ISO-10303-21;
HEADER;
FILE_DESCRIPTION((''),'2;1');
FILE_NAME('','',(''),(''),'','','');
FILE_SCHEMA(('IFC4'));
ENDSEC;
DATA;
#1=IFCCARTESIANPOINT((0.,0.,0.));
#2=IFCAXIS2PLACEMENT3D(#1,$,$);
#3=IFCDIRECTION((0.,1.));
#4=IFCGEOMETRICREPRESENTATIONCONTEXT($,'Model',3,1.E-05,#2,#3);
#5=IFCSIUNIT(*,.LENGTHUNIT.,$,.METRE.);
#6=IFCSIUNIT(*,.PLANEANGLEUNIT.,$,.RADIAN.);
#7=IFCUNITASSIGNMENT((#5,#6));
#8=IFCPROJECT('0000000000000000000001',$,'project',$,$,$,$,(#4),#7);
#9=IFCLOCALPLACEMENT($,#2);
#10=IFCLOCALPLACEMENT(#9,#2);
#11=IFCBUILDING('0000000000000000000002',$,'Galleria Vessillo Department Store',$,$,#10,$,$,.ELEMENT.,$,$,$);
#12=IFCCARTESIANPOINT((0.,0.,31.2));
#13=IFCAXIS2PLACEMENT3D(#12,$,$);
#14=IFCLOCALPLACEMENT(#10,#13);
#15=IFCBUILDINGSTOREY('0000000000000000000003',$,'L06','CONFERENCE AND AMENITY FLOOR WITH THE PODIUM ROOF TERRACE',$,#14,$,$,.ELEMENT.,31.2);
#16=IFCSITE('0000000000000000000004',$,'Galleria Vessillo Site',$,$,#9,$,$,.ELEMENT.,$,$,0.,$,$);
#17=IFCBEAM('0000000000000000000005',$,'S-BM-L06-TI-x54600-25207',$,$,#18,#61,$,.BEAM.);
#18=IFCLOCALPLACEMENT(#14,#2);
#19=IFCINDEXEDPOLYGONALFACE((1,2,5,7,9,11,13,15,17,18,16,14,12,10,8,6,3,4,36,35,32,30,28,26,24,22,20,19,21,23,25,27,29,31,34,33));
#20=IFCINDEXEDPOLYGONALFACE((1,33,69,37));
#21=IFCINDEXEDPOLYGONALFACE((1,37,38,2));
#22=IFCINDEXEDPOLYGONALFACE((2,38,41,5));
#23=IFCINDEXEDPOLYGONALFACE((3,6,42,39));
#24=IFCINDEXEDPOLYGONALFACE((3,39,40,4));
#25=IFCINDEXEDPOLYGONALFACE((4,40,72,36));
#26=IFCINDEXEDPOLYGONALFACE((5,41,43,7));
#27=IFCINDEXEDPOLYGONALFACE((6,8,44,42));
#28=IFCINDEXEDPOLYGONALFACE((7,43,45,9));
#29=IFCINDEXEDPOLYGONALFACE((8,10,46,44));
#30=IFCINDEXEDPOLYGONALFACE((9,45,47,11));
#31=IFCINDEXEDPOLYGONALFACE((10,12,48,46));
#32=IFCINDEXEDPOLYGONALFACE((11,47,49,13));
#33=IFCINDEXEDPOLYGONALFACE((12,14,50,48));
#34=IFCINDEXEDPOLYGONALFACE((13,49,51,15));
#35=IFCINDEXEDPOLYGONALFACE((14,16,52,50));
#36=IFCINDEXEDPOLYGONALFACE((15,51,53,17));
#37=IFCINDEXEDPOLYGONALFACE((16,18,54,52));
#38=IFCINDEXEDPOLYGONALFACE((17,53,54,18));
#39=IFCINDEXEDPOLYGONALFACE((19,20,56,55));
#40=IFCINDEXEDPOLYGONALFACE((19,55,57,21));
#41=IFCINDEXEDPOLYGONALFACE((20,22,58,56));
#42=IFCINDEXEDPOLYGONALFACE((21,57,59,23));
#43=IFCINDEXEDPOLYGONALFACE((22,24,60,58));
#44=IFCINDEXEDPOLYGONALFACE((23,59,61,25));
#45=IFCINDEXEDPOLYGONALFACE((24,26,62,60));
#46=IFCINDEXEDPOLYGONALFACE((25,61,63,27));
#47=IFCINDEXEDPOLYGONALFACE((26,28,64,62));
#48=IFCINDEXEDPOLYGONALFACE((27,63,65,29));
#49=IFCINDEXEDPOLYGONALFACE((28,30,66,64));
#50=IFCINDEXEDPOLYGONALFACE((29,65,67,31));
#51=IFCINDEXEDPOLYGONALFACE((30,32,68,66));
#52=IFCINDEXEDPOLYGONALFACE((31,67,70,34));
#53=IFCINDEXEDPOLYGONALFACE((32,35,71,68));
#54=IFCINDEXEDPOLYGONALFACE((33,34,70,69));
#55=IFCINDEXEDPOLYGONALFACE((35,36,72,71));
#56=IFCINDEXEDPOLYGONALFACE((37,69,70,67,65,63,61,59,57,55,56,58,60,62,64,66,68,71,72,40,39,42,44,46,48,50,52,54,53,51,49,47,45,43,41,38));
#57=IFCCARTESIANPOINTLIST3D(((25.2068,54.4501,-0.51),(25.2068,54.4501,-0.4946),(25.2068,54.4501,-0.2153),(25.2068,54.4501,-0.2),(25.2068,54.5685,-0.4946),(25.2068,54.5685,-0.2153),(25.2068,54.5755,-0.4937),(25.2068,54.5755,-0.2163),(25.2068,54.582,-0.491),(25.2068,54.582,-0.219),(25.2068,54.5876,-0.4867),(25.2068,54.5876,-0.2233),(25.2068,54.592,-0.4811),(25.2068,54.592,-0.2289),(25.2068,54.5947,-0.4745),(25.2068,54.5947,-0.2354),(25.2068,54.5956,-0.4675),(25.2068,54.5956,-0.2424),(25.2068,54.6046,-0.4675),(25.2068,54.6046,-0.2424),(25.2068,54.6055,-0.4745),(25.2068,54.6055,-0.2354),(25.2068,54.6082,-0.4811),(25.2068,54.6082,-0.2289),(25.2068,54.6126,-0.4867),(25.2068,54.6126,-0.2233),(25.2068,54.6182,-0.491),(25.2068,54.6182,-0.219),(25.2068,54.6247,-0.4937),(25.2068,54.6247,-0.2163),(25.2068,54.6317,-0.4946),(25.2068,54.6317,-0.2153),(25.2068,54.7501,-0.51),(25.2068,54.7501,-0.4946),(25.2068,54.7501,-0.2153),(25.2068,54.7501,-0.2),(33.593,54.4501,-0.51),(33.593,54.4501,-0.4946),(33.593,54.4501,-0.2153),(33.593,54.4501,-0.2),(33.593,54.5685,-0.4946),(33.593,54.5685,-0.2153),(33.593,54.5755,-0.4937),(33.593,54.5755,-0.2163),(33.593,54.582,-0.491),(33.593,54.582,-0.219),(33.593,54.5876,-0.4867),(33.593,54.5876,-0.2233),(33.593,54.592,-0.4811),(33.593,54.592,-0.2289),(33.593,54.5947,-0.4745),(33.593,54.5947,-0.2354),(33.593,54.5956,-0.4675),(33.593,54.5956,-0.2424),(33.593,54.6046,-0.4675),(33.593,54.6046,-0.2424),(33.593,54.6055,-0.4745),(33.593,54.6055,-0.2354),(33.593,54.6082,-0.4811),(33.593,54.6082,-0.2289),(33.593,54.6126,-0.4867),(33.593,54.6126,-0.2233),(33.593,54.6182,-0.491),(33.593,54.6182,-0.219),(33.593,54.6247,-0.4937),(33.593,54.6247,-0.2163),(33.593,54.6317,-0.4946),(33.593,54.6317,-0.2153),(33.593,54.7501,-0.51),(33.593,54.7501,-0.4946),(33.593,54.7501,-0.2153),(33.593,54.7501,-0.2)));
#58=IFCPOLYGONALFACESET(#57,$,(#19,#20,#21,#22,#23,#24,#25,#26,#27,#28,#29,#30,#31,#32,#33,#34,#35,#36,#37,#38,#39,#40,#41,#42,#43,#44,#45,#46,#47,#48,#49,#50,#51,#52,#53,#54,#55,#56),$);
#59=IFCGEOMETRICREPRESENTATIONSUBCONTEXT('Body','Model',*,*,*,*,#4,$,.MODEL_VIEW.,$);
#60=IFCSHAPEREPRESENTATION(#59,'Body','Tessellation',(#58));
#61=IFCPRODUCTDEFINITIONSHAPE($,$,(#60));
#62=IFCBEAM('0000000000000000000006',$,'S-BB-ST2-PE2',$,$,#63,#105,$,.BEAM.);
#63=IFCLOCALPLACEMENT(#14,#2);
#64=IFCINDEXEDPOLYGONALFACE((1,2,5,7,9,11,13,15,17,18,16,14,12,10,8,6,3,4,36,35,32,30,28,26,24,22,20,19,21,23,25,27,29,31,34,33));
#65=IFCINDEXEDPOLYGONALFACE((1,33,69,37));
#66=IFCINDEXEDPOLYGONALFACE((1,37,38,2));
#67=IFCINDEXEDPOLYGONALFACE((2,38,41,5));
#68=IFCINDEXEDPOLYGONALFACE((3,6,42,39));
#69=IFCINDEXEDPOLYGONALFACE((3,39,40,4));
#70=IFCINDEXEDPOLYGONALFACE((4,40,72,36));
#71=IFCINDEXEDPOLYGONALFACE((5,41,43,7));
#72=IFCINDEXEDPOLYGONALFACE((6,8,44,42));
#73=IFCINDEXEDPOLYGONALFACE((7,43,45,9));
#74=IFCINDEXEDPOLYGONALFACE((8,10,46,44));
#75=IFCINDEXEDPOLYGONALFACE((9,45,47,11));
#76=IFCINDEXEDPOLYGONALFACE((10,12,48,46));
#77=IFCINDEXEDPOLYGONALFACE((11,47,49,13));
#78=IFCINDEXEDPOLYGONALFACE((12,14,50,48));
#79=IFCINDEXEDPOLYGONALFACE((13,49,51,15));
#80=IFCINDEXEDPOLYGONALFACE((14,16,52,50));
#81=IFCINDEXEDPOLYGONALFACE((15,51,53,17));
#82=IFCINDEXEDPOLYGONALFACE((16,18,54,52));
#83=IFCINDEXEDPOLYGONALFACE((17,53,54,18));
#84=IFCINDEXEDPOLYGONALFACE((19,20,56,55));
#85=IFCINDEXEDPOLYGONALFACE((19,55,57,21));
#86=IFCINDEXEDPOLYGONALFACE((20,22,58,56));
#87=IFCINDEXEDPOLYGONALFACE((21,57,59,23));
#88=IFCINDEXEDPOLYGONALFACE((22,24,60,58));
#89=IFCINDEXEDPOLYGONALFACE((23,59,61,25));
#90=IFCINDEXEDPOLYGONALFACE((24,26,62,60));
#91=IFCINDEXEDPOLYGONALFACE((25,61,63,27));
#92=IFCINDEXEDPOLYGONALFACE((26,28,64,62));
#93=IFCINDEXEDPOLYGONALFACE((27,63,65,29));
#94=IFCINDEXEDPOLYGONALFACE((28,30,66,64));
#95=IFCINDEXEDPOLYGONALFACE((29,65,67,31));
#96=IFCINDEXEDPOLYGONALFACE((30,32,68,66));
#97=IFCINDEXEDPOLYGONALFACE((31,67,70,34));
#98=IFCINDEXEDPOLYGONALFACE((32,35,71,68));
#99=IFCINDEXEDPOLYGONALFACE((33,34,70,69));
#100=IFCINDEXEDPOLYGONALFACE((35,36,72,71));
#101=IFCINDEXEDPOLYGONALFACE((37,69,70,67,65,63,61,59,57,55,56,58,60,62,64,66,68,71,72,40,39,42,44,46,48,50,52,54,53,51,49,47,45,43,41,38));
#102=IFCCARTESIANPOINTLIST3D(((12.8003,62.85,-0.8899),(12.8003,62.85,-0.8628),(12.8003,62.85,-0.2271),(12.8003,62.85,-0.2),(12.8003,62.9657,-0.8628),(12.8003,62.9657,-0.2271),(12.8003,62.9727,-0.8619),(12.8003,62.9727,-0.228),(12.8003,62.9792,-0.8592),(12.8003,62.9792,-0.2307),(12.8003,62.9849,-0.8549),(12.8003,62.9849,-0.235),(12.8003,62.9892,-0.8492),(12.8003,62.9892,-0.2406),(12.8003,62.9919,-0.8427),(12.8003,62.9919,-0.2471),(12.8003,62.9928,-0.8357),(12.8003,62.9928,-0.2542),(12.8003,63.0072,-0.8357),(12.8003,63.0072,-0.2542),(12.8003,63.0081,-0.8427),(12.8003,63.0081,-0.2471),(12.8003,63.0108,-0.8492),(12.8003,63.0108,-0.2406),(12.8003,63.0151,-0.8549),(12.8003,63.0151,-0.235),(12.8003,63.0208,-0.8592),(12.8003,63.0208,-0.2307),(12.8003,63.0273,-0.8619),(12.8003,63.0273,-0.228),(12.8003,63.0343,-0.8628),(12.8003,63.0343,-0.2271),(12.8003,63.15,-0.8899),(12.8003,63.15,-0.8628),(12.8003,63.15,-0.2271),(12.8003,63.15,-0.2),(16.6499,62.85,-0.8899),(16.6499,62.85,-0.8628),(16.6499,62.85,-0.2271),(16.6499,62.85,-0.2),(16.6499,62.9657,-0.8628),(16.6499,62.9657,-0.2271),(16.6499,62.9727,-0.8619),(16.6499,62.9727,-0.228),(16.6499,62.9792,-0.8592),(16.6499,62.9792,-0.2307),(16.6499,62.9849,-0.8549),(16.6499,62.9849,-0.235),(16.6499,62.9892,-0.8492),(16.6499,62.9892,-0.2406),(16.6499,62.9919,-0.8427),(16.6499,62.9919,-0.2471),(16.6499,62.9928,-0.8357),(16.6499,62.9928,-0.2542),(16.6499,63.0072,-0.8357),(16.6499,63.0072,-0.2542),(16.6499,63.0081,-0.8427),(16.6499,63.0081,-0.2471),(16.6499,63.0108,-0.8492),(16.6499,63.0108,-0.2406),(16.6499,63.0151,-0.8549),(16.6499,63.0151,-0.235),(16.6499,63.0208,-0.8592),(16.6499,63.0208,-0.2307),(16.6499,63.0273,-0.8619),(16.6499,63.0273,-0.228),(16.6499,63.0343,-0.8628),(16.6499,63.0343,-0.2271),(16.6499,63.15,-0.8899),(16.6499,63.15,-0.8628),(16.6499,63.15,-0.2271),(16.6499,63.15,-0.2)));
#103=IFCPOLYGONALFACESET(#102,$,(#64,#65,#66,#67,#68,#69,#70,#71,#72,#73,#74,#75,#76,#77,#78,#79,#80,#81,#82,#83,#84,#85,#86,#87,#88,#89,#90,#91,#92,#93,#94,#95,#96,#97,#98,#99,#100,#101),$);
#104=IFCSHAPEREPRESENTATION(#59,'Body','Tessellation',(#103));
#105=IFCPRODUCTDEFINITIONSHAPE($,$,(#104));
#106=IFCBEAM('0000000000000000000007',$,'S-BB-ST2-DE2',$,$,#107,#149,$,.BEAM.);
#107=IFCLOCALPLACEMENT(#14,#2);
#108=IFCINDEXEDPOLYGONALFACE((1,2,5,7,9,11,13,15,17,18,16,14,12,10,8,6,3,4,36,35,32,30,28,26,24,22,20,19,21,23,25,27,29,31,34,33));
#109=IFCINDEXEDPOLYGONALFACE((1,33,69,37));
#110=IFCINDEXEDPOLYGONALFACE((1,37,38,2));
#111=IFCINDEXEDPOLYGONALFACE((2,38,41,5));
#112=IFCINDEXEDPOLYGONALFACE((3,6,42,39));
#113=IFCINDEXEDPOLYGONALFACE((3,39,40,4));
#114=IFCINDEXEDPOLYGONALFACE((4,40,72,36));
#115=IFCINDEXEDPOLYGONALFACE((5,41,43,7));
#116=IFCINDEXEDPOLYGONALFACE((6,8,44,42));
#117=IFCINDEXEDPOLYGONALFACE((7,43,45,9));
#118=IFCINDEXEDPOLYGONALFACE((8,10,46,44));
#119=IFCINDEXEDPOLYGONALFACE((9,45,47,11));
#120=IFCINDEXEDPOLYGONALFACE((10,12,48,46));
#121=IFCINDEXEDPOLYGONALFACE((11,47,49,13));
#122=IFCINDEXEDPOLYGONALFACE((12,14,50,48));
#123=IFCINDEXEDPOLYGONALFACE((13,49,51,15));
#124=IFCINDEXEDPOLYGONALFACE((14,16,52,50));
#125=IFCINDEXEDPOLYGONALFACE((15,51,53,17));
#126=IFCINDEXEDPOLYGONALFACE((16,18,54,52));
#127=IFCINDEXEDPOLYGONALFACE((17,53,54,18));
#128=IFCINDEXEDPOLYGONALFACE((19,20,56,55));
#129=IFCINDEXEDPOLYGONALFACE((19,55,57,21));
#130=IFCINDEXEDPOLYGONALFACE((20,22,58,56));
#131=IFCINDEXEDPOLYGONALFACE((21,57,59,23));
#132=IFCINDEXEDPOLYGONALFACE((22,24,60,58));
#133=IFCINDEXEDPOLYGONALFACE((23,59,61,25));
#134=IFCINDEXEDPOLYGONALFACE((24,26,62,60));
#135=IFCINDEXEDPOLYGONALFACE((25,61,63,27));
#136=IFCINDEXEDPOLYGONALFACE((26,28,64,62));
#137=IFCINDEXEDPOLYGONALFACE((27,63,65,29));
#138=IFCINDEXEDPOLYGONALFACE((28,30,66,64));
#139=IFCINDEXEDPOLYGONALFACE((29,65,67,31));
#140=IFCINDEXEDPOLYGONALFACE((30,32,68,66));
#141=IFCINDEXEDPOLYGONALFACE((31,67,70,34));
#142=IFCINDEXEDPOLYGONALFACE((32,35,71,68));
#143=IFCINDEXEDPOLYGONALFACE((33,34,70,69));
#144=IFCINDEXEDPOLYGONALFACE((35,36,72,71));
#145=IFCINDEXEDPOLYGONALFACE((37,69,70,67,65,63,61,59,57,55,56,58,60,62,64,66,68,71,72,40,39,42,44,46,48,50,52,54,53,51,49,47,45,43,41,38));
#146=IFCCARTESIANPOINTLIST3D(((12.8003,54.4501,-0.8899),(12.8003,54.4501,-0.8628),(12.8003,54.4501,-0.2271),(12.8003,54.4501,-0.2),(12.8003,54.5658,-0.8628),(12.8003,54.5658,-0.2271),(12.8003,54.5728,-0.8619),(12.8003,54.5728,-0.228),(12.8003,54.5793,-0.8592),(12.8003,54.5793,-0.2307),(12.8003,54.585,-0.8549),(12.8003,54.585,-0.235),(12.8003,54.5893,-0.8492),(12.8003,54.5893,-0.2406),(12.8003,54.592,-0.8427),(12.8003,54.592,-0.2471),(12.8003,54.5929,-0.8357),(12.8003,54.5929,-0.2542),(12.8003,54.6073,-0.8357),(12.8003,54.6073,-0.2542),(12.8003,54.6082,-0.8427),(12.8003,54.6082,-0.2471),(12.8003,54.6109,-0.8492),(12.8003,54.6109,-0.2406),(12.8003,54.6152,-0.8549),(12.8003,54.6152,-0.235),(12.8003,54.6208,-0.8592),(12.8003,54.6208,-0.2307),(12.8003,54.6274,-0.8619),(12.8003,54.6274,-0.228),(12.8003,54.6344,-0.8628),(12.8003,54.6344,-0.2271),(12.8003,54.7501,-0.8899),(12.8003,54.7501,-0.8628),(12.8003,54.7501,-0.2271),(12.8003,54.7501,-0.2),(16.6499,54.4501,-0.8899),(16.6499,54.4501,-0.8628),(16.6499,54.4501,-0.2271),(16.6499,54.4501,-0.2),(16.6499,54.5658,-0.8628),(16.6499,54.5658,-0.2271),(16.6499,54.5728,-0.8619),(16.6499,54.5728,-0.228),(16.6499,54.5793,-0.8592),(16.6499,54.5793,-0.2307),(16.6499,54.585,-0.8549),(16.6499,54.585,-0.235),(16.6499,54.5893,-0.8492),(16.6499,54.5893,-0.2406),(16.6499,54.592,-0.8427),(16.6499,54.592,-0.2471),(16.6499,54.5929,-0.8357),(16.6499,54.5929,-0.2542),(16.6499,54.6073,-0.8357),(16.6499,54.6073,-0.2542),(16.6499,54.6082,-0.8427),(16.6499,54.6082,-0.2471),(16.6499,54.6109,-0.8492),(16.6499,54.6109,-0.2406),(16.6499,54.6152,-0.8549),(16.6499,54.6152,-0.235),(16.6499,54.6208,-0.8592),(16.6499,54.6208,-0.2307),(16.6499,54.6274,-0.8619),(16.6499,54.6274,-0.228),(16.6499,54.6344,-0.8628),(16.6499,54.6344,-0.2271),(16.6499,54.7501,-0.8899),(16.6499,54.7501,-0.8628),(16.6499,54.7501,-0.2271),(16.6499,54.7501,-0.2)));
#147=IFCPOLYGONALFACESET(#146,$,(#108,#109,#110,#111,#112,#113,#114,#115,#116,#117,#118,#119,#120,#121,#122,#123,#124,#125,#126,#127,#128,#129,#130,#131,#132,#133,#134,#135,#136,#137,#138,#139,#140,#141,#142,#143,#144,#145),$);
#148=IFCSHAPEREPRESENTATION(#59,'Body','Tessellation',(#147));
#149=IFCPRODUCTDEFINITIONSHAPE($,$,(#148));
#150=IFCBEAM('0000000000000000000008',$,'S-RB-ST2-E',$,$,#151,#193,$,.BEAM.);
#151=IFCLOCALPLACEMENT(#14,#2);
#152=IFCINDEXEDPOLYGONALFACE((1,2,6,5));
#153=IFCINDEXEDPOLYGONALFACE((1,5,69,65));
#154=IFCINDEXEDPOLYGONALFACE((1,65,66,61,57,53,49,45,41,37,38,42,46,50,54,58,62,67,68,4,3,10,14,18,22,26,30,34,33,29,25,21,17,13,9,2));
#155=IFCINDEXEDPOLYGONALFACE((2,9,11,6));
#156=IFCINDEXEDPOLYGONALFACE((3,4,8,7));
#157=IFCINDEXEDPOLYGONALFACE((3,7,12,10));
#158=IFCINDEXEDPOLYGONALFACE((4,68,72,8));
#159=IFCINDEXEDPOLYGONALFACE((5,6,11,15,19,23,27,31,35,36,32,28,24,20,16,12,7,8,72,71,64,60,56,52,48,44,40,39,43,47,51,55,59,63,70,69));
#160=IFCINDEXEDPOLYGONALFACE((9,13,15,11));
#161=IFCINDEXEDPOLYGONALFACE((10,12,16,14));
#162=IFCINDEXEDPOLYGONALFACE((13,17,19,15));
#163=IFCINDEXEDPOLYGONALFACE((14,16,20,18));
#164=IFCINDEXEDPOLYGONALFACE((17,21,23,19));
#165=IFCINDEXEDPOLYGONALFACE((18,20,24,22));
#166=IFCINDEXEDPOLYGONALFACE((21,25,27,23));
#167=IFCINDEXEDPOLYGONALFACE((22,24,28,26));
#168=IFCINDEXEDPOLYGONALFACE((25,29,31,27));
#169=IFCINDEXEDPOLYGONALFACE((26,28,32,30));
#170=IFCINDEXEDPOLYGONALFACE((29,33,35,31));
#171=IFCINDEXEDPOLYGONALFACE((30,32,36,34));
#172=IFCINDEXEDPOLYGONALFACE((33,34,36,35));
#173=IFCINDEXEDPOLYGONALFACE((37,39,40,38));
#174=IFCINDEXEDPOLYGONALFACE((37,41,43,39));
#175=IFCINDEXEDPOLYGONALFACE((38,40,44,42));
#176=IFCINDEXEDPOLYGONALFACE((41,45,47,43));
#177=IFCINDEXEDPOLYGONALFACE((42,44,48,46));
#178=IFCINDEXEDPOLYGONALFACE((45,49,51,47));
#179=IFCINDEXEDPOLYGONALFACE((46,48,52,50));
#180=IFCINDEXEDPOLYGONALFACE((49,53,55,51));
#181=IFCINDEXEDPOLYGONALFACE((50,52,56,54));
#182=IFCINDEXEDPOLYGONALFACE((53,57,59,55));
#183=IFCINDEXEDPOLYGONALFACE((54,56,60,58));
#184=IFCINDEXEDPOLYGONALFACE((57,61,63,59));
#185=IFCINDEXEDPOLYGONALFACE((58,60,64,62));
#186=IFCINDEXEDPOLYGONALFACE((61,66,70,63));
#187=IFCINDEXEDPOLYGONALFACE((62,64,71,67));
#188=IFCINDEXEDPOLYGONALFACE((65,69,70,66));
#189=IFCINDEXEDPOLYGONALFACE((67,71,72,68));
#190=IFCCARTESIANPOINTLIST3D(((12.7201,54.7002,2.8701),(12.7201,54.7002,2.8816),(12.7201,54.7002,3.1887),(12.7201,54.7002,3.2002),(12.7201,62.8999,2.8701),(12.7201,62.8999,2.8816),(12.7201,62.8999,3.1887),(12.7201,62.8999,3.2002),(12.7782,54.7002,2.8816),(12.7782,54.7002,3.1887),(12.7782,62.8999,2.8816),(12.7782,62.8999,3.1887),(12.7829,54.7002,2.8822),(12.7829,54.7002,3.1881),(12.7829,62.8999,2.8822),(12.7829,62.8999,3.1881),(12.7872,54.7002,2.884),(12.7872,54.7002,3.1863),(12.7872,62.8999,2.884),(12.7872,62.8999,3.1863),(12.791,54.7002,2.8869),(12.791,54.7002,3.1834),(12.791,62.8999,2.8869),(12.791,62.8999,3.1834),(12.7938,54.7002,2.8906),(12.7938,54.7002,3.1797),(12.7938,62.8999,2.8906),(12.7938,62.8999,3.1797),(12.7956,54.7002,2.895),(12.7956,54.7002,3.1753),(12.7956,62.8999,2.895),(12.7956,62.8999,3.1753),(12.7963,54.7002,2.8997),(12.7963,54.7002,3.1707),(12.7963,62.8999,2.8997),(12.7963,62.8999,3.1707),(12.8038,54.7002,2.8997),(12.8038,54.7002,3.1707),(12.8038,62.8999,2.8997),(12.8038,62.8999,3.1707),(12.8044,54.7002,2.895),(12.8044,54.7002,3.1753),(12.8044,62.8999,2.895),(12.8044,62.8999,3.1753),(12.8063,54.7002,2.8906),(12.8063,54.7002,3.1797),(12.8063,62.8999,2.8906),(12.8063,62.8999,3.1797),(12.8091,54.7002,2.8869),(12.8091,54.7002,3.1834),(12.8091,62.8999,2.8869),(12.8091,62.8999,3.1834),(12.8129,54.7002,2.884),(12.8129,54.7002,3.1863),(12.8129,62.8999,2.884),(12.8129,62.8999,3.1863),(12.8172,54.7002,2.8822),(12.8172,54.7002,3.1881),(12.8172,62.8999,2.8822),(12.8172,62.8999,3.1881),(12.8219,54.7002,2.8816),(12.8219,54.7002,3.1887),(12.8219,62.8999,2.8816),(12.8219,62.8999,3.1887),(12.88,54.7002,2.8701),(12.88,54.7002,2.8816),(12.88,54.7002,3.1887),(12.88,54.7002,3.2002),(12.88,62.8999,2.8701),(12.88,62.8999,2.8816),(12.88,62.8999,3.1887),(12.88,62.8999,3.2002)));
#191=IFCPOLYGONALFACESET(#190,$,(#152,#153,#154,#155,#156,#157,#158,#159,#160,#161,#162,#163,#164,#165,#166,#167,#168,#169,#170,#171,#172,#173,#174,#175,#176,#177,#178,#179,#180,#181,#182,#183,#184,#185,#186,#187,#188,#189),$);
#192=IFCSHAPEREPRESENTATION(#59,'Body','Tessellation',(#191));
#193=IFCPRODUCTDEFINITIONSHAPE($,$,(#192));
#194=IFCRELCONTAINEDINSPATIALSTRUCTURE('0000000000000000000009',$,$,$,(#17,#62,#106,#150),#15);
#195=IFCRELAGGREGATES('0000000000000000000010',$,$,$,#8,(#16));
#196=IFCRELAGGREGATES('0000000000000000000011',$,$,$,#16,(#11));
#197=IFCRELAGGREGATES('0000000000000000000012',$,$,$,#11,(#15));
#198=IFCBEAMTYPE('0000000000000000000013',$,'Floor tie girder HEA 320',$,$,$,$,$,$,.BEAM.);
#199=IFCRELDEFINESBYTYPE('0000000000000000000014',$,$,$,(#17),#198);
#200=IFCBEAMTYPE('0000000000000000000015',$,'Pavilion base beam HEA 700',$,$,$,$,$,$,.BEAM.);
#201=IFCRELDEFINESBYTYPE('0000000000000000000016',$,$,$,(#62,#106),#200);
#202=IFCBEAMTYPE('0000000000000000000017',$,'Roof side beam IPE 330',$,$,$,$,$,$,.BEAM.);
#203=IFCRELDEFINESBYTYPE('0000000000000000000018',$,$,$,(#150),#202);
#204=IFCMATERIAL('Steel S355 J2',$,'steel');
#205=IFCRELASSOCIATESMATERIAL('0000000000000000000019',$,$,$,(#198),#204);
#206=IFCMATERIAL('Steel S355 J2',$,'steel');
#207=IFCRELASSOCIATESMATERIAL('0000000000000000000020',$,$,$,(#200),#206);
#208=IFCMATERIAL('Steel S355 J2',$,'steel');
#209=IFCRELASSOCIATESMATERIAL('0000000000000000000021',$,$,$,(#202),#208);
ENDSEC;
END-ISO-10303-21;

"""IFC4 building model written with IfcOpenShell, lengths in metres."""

from ifc_helpers import new_model, si_unit, direction, frame, origin, origin_2d, place, context, subcontext, project, spatial, i_section, extrude, material, material_profile, profile_set, type_object, element, save


model = new_model("IFC4")

# Units and contexts
model_context = context("Model", 3, precision=1e-05, world=origin(), true_north=direction((0.0, 1.0)))
body_context = subcontext(model_context, "Body", "Model", "MODEL_VIEW")
ifc_project = project(units=[si_unit("LENGTHUNIT", "METRE"), si_unit("PLANEANGLEUNIT", "RADIAN")], contexts=[model_context])

# Site, building, storey
site_placement = place(None, origin())
site = spatial("IfcSite", under=ifc_project, at=site_placement, Name="Galleria Vessillo Site", CompositionType="ELEMENT", RefElevation=0.0)
building_placement = place(site_placement, origin())
building = spatial("IfcBuilding", under=site, at=building_placement, Name="Galleria Vessillo Department Store", CompositionType="ELEMENT")
storey_placement = place(building_placement, frame((0.0, 0.0, 31.2)))
storey = spatial("IfcBuildingStorey", under=building, at=storey_placement, Name="L06", Description="CONFERENCE AND AMENITY FLOOR WITH THE PODIUM ROOF TERRACE", CompositionType="ELEMENT", Elevation=31.2)

# Beams
ifc_material_1 = material(Name="Steel S355 J2", Category="steel")
ifc_material_profile_1 = material_profile(ifc_material_1, i_section(OverallWidth=0.3, OverallDepth=0.3101, WebThickness=0.009, FlangeThickness=0.0154, FilletRadius=0.0271, at=origin_2d()), Name="HEA 320")
ifc_profile_set_1 = profile_set([ifc_material_profile_1], Name="Steel S355 J2")
beam_type_1 = type_object("IfcBeamType", Name="Floor tie girder HEA 320", PredefinedType="BEAM", material=ifc_profile_set_1)
for number, where, z_axis, x_axis, name in (
    (1, (25.2068, 54.6001, -0.355), (1.0, 0.0, 0.0), (0.0, 1.0, 0.0), "S-BM-L06-TI-x54600-25207"),
):
    element("IfcBeam", number, at=place(storey_placement, frame(where, z_axis=z_axis, x_axis=x_axis)), inside=storey, type_object=beam_type_1, Name=name, PredefinedType="BEAM", context=body_context, shape_type="SweptSolid", body=[
        extrude(i_section(OverallWidth=0.3, OverallDepth=0.3101, WebThickness=0.009, FlangeThickness=0.0154, FilletRadius=0.0271, at=origin_2d()), origin(), (0.0, 0.0, 1.0), 8.3862),
    ])
ifc_material_2 = material(Name="Steel S355 J2", Category="steel")
ifc_material_profile_2 = material_profile(ifc_material_2, i_section(OverallWidth=0.3, OverallDepth=0.6899, WebThickness=0.0144, FlangeThickness=0.0271, FilletRadius=0.0271, at=origin_2d()), Name="HEA 700")
ifc_profile_set_2 = profile_set([ifc_material_profile_2], Name="Steel S355 J2")
beam_type_2 = type_object("IfcBeamType", Name="Pavilion base beam HEA 700", PredefinedType="BEAM", material=ifc_profile_set_2)
for number, where, z_axis, x_axis, name in (
    (2, (12.8003, 63.0, -0.5449), (1.0, 0.0, 0.0), (0.0, 1.0, 0.0), "S-BB-ST2-PE2"),
    (3, (12.8003, 54.6001, -0.5449), (1.0, 0.0, 0.0), (0.0, 1.0, 0.0), "S-BB-ST2-DE2"),
):
    element("IfcBeam", number, at=place(storey_placement, frame(where, z_axis=z_axis, x_axis=x_axis)), inside=storey, type_object=beam_type_2, Name=name, PredefinedType="BEAM", context=body_context, shape_type="SweptSolid", body=[
        extrude(i_section(OverallWidth=0.3, OverallDepth=0.6899, WebThickness=0.0144, FlangeThickness=0.0271, FilletRadius=0.0271, at=origin_2d()), origin(), (0.0, 0.0, 1.0), 3.8496),
    ])
ifc_material_3 = material(Name="Steel S355 J2", Category="steel")
ifc_material_profile_3 = material_profile(ifc_material_3, i_section(OverallWidth=0.1599, OverallDepth=0.3301, WebThickness=0.0076, FlangeThickness=0.0115, FilletRadius=0.0181, at=origin_2d()), Name="IPE 330")
ifc_profile_set_3 = profile_set([ifc_material_profile_3], Name="Steel S355 J2")
beam_type_3 = type_object("IfcBeamType", Name="Roof side beam IPE 330", PredefinedType="BEAM", material=ifc_profile_set_3)
beam_1_placement = place(storey_placement, frame((12.8, 62.8999, 3.0352), z_axis=(0.0, -1.0, 0.0), x_axis=(1.0, 0.0, 0.0)))
element("IfcBeam", 4, at=beam_1_placement, inside=storey, type_object=beam_type_3, Name="S-RB-ST2-E", PredefinedType="BEAM", context=body_context, shape_type="SweptSolid", body=[
    extrude(i_section(OverallWidth=0.1599, OverallDepth=0.3301, WebThickness=0.0076, FlangeThickness=0.0115, FilletRadius=0.0181, at=origin_2d()), origin(), (0.0, 0.0, 1.0), 8.1997),
])

save(model, "model.ifc")
